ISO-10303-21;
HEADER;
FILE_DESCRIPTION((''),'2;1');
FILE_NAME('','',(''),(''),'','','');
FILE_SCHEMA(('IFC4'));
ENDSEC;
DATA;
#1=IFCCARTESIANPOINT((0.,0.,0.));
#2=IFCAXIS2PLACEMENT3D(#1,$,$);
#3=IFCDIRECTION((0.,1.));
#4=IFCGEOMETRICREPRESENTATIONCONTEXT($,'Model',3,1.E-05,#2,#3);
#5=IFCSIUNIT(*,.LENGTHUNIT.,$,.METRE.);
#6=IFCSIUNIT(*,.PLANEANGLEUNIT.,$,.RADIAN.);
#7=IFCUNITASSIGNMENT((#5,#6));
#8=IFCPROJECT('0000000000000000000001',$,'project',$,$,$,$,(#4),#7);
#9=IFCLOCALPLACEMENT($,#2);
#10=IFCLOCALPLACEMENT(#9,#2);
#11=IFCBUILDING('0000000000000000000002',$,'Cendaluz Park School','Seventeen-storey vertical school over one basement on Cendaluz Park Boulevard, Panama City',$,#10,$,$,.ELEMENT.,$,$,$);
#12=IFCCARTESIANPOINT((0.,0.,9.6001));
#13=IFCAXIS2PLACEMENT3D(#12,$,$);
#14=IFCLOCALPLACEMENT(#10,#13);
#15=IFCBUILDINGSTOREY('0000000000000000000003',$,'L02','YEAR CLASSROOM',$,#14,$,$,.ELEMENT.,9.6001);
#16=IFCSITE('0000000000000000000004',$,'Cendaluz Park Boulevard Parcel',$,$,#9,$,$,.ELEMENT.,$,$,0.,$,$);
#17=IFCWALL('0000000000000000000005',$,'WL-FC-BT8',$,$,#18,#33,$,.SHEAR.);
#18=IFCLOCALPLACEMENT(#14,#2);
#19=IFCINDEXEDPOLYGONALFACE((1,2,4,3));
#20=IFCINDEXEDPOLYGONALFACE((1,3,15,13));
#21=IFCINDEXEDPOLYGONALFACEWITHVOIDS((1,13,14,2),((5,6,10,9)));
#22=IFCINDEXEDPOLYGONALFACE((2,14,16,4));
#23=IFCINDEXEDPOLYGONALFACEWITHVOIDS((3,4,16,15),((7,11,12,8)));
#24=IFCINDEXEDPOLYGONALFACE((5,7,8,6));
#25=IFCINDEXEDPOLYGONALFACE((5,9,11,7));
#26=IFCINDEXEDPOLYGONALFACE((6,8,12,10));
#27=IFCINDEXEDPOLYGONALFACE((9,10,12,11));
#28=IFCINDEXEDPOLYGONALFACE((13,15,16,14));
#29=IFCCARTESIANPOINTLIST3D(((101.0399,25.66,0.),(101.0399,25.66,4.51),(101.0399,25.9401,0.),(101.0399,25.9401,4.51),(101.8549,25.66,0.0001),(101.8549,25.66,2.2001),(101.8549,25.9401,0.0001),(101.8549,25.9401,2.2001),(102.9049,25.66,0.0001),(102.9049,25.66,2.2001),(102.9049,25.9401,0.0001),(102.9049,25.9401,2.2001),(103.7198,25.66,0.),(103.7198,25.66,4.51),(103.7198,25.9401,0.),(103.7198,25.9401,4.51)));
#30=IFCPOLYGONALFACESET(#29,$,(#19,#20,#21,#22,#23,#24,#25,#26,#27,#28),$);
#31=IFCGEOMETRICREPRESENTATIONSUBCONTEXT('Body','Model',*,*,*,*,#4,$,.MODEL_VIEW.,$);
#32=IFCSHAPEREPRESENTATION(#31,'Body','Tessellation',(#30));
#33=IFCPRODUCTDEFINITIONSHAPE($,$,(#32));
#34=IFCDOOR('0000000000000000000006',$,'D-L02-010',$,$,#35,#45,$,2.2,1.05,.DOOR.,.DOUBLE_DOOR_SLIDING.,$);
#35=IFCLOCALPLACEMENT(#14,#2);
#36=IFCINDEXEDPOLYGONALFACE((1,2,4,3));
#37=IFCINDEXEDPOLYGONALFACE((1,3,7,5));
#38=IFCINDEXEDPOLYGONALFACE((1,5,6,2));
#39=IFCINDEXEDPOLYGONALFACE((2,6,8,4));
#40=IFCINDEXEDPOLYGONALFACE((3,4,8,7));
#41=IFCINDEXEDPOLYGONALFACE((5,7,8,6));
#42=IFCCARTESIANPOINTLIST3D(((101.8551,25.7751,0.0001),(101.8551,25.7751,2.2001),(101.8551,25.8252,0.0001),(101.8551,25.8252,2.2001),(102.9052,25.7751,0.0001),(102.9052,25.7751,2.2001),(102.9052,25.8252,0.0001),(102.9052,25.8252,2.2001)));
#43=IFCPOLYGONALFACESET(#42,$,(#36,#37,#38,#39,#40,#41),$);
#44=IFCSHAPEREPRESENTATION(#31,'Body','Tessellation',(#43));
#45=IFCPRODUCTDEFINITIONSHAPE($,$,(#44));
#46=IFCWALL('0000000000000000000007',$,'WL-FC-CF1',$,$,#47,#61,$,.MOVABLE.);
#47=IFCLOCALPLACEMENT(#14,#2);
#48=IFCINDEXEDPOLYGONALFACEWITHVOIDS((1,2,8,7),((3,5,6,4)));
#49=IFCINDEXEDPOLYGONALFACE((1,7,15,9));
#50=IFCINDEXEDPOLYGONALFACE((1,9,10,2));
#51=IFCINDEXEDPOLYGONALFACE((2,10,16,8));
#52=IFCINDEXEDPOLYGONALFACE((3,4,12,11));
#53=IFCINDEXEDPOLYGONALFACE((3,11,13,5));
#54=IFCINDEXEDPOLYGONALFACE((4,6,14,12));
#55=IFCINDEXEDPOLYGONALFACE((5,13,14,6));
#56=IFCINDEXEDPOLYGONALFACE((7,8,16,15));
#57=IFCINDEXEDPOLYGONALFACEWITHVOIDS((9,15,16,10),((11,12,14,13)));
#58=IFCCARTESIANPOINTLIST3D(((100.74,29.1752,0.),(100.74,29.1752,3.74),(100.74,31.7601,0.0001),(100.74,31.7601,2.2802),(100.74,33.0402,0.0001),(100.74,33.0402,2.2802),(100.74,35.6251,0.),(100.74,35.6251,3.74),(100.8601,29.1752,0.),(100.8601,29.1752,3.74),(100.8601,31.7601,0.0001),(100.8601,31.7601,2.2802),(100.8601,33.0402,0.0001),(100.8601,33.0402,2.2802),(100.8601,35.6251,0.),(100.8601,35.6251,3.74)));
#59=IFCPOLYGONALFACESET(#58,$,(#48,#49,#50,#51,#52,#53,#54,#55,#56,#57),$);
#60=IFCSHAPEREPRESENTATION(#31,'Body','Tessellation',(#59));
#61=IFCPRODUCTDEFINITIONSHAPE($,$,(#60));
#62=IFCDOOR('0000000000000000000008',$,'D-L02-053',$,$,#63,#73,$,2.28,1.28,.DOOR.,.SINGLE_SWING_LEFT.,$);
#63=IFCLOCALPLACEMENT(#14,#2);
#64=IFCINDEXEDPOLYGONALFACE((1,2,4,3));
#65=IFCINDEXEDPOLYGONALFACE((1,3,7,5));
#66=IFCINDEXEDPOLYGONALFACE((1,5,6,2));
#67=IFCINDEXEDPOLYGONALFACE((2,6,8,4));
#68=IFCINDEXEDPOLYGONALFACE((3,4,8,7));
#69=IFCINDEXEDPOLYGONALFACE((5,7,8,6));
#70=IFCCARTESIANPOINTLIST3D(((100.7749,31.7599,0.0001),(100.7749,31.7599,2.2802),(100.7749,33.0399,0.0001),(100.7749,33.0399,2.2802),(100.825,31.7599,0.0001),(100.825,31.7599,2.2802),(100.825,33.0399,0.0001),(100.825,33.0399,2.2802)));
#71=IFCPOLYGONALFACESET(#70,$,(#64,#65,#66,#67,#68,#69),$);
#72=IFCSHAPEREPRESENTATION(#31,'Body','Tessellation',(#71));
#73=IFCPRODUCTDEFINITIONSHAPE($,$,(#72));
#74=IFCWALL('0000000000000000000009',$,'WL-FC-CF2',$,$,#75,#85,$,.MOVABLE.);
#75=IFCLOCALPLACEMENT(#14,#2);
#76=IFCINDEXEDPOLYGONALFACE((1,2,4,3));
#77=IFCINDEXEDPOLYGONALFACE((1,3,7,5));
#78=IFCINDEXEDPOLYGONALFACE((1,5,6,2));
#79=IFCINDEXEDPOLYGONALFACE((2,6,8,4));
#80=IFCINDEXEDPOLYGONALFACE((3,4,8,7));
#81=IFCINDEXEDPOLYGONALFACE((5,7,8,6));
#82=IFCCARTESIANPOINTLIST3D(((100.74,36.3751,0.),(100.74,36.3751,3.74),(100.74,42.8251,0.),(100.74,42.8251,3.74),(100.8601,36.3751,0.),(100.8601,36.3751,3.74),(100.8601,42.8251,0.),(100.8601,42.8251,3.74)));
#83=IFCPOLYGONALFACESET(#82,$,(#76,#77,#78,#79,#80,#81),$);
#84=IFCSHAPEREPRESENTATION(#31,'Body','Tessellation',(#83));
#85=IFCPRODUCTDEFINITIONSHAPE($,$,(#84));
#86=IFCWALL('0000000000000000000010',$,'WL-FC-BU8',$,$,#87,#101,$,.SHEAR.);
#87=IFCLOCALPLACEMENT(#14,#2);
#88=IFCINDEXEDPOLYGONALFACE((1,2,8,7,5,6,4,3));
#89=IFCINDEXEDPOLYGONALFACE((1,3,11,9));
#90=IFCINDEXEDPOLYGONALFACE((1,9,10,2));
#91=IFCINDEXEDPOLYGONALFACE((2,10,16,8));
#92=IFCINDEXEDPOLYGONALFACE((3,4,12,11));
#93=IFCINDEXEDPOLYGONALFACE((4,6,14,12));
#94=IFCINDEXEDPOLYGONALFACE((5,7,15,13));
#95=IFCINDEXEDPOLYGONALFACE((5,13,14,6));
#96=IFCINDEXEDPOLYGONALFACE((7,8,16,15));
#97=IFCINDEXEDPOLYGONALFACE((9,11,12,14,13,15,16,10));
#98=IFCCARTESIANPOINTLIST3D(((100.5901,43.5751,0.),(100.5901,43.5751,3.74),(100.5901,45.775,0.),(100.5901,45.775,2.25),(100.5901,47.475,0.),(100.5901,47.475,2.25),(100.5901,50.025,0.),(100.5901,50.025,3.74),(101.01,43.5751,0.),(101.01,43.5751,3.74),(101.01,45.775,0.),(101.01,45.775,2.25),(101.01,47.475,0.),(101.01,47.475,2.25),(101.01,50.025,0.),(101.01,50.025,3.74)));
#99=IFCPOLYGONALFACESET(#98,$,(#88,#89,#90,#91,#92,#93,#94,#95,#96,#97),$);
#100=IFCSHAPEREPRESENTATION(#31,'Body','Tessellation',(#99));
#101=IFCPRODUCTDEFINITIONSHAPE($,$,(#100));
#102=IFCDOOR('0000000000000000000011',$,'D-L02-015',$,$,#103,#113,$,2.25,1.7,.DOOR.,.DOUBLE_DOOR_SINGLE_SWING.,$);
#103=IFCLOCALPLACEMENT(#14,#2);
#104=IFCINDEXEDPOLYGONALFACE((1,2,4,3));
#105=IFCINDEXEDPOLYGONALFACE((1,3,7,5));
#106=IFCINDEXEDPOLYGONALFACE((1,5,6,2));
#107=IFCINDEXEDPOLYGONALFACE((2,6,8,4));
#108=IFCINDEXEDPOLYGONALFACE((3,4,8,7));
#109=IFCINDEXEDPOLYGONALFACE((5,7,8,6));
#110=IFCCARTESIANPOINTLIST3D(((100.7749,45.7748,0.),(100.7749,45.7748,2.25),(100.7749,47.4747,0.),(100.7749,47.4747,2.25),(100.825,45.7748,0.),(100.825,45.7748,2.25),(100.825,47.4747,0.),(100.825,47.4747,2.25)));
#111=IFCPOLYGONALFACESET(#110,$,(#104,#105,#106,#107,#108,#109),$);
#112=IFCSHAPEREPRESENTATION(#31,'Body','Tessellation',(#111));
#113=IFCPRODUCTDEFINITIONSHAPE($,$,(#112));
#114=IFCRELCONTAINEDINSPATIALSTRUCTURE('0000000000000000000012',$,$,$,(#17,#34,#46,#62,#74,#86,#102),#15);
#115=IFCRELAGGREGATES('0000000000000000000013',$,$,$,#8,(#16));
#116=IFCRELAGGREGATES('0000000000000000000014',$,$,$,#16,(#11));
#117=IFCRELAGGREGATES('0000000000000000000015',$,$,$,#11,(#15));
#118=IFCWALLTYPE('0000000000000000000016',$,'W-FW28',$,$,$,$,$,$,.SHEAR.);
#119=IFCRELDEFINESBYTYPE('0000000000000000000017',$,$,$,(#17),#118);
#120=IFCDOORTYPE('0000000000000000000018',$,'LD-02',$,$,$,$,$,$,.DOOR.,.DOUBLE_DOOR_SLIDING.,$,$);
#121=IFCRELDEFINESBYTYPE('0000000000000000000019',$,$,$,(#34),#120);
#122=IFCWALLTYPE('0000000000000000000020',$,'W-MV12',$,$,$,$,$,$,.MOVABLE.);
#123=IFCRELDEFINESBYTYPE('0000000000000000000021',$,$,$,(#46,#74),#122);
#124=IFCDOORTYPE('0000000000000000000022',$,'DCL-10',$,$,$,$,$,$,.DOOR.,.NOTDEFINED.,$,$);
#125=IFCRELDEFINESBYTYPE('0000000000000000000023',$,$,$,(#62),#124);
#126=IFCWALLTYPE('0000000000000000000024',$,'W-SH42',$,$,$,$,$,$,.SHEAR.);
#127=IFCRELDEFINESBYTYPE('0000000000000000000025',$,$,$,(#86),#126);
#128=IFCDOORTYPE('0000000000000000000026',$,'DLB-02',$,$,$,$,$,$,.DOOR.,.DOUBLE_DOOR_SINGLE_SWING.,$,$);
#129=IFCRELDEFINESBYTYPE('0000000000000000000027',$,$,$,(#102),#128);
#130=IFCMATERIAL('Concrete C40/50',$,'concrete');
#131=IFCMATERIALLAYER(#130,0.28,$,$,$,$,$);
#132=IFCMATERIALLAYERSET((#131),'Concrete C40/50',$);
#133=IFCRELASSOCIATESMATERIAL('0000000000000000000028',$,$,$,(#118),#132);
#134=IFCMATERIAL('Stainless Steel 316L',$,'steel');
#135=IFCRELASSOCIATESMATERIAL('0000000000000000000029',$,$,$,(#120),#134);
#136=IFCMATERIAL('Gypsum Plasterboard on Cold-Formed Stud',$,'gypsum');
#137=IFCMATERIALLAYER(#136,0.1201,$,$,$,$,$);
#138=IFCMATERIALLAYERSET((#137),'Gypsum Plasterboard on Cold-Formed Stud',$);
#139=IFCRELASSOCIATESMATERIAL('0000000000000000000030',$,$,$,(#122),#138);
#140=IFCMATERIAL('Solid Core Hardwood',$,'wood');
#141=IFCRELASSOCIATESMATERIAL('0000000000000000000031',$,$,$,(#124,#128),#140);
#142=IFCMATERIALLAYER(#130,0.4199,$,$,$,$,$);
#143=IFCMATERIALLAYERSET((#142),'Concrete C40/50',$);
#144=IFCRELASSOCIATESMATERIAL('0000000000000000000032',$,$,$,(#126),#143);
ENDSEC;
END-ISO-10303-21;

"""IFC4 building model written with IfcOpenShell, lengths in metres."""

from ifc_helpers import new_model, si_unit, direction, frame, frame_2d, origin, place, context, subcontext, project, spatial, rectangle, extrude, material, layer, layer_set, type_object, element, fill, save


model = new_model("IFC4")

# Units and contexts
model_context = context("Model", 3, precision=1e-05, world=origin(), true_north=direction((0.0, 1.0)))
body_context = subcontext(model_context, "Body", "Model", "MODEL_VIEW")
ifc_project = project(units=[si_unit("LENGTHUNIT", "METRE"), si_unit("PLANEANGLEUNIT", "RADIAN")], contexts=[model_context])

# Site, building, storey
site_placement = place(None, origin())
site = spatial("IfcSite", under=ifc_project, at=site_placement, Name="Cendaluz Park Boulevard Parcel", CompositionType="ELEMENT", RefElevation=0.0)
building_placement = place(site_placement, origin())
building = spatial("IfcBuilding", under=site, at=building_placement, Name="Cendaluz Park School", Description="Seventeen-storey vertical school over one basement on Cendaluz Park Boulevard, Panama City", CompositionType="ELEMENT")
storey_placement = place(building_placement, frame((0.0, 0.0, 9.6001)))
storey = spatial("IfcBuildingStorey", under=building, at=storey_placement, Name="L02", Description="YEAR CLASSROOM", CompositionType="ELEMENT", Elevation=9.6001)

# Shared definitions
ifc_material_1 = material(Name="Concrete C40/50", Category="concrete")

# Shared definitions
ifc_material_2 = material(Name="Gypsum Plasterboard on Cold-Formed Stud", Category="gypsum")

# Walls, openings, doors
ifc_layer_1 = layer(ifc_material_1, 0.28)
ifc_layer_set_1 = layer_set([ifc_layer_1], Name="Concrete C40/50")
wall_type_1 = type_object("IfcWallType", Name="W-FW28", PredefinedType="SHEAR", material=ifc_layer_set_1)
wall_1_placement = place(storey_placement, frame((101.04, 25.8, 0.0), z_axis=(0.0, 0.0, 1.0), x_axis=(1.0, 0.0, 0.0)))
wall_1 = element("IfcWall", 1, at=wall_1_placement, inside=storey, type_object=wall_type_1, Name="WL-FC-BT8", PredefinedType="SHEAR", context=body_context, shape_type="SweptSolid", body=[
    extrude(rectangle(XDim=2.6799, YDim=0.28, at=frame_2d((1.3398, 0.0))), origin(), (0.0, 0.0, 1.0), 4.51),
])
opening_1_placement = place(wall_1_placement, frame((0.8149, 0.0, 0.0)))
opening_1 = element("IfcOpeningElement", 2, at=opening_1_placement, cuts=wall_1, PredefinedType="OPENING", context=body_context, shape_type="SweptSolid", body=[
    extrude(rectangle(XDim=1.05, YDim=2.2, at=frame_2d((0.5249, 1.1001))), frame((0.0, 0.1521, 0.0), z_axis=(0.0, -1.0, 0.0), x_axis=(1.0, 0.0, 0.0)), (0.0, 0.0, 1.0), 0.304),
])
ifc_material_3 = material(Name="Stainless Steel 316L", Category="steel")
door_type_1 = type_object("IfcDoorType", Name="LD-02", OperationType="DOUBLE_DOOR_SLIDING", PredefinedType="DOOR", material=ifc_material_3)
door_1_placement = place(opening_1_placement, frame((1.05, 0.0, 0.0), z_axis=(0.0, 0.0, 1.0), x_axis=(-1.0, 0.0, 0.0)))
door_1 = element("IfcDoor", 3, at=door_1_placement, inside=storey, type_object=door_type_1, Name="D-L02-010", OperationType="DOUBLE_DOOR_SLIDING", OverallHeight=2.2, OverallWidth=1.05, PredefinedType="DOOR", context=body_context, shape_type="SweptSolid", body=[
    extrude(rectangle(XDim=1.05, YDim=2.2, at=frame_2d((0.5249, 1.1001))), frame((0.0, 0.0249, 0.0), z_axis=(0.0, -1.0, 0.0), x_axis=(1.0, 0.0, 0.0)), (0.0, 0.0, 1.0), 0.05),
])
fill(opening_1, door_1)
ifc_layer_2 = layer(ifc_material_2, 0.1201)
ifc_layer_set_2 = layer_set([ifc_layer_2], Name="Gypsum Plasterboard on Cold-Formed Stud")
wall_type_2 = type_object("IfcWallType", Name="W-MV12", PredefinedType="MOVABLE", material=ifc_layer_set_2)
wall_2_placement = place(storey_placement, frame((100.8, 29.175, 0.0), z_axis=(0.0, 0.0, 1.0), x_axis=(0.0, 1.0, 0.0)))
wall_2 = element("IfcWall", 4, at=wall_2_placement, inside=storey, type_object=wall_type_2, Name="WL-FC-CF1", PredefinedType="MOVABLE", context=body_context, shape_type="SweptSolid", body=[
    extrude(rectangle(XDim=6.45, YDim=0.1201, at=frame_2d((3.2251, 0.0))), origin(), (0.0, 0.0, 1.0), 3.74),
])
opening_2_placement = place(wall_2_placement, frame((2.585, 0.0, 0.0)))
opening_2 = element("IfcOpeningElement", 5, at=opening_2_placement, cuts=wall_2, PredefinedType="OPENING", context=body_context, shape_type="SweptSolid", body=[
    extrude(rectangle(XDim=1.28, YDim=2.28, at=frame_2d((0.6401, 1.1401))), frame((0.0, 0.072, 0.0), z_axis=(0.0, -1.0, 0.0), x_axis=(1.0, 0.0, 0.0)), (0.0, 0.0, 1.0), 0.144),
])
ifc_material_4 = material(Name="Solid Core Hardwood", Category="wood")
door_type_2 = type_object("IfcDoorType", Name="DCL-10", OperationType="NOTDEFINED", PredefinedType="DOOR", material=ifc_material_4)
door_2_placement = place(opening_2_placement, frame((1.28, 0.0, 0.0), z_axis=(0.0, 0.0, 1.0), x_axis=(-1.0, 0.0, 0.0)))
door_2 = element("IfcDoor", 6, at=door_2_placement, inside=storey, type_object=door_type_2, Name="D-L02-053", OperationType="SINGLE_SWING_LEFT", OverallHeight=2.28, OverallWidth=1.28, PredefinedType="DOOR", context=body_context, shape_type="SweptSolid", body=[
    extrude(rectangle(XDim=1.28, YDim=2.28, at=frame_2d((0.6401, 1.1401))), frame((0.0, 0.0249, 0.0), z_axis=(0.0, -1.0, 0.0), x_axis=(1.0, 0.0, 0.0)), (0.0, 0.0, 1.0), 0.05),
])
fill(opening_2, door_2)

# Wall
wall_3_placement = place(storey_placement, frame((100.8, 36.375, 0.0), z_axis=(0.0, 0.0, 1.0), x_axis=(0.0, 1.0, 0.0)))
element("IfcWall", 7, at=wall_3_placement, inside=storey, type_object=wall_type_2, Name="WL-FC-CF2", PredefinedType="MOVABLE", context=body_context, shape_type="SweptSolid", body=[
    extrude(rectangle(XDim=6.45, YDim=0.1201, at=frame_2d((3.2251, 0.0))), origin(), (0.0, 0.0, 1.0), 3.74),
])

# Wall, opening, door
ifc_layer_3 = layer(ifc_material_1, 0.4199)
ifc_layer_set_3 = layer_set([ifc_layer_3], Name="Concrete C40/50")
wall_type_3 = type_object("IfcWallType", Name="W-SH42", PredefinedType="SHEAR", material=ifc_layer_set_3)
wall_4_placement = place(storey_placement, frame((100.8, 43.575, 0.0), z_axis=(0.0, 0.0, 1.0), x_axis=(0.0, 1.0, 0.0)))
wall_4 = element("IfcWall", 8, at=wall_4_placement, inside=storey, type_object=wall_type_3, Name="WL-FC-BU8", PredefinedType="SHEAR", context=body_context, shape_type="SweptSolid", body=[
    extrude(rectangle(XDim=6.45, YDim=0.4199, at=frame_2d((3.2251, 0.0))), origin(), (0.0, 0.0, 1.0), 3.74),
])
opening_3_placement = place(wall_4_placement, frame((2.2, 0.0, 0.0)))
opening_3 = element("IfcOpeningElement", 9, at=opening_3_placement, cuts=wall_4, PredefinedType="OPENING", context=body_context, shape_type="SweptSolid", body=[
    extrude(rectangle(XDim=1.7, YDim=2.25, at=frame_2d((0.8501, 1.125))), frame((0.0, 0.2219, 0.0), z_axis=(0.0, -1.0, 0.0), x_axis=(1.0, 0.0, 0.0)), (0.0, 0.0, 1.0), 0.4438),
])
door_type_3 = type_object("IfcDoorType", Name="DLB-02", OperationType="DOUBLE_DOOR_SINGLE_SWING", PredefinedType="DOOR", material=ifc_material_4)
door_3_placement = place(opening_3_placement, frame((1.7, 0.0, 0.0), z_axis=(0.0, 0.0, 1.0), x_axis=(-1.0, 0.0, 0.0)))
door_3 = element("IfcDoor", 10, at=door_3_placement, inside=storey, type_object=door_type_3, Name="D-L02-015", OperationType="DOUBLE_DOOR_SINGLE_SWING", OverallHeight=2.25, OverallWidth=1.7, PredefinedType="DOOR", context=body_context, shape_type="SweptSolid", body=[
    extrude(rectangle(XDim=1.7, YDim=2.25, at=frame_2d((0.8501, 1.125))), frame((0.0, 0.0249, 0.0), z_axis=(0.0, -1.0, 0.0), x_axis=(1.0, 0.0, 0.0)), (0.0, 0.0, 1.0), 0.05),
])
fill(opening_3, door_3)

save(model, "model.ifc")
